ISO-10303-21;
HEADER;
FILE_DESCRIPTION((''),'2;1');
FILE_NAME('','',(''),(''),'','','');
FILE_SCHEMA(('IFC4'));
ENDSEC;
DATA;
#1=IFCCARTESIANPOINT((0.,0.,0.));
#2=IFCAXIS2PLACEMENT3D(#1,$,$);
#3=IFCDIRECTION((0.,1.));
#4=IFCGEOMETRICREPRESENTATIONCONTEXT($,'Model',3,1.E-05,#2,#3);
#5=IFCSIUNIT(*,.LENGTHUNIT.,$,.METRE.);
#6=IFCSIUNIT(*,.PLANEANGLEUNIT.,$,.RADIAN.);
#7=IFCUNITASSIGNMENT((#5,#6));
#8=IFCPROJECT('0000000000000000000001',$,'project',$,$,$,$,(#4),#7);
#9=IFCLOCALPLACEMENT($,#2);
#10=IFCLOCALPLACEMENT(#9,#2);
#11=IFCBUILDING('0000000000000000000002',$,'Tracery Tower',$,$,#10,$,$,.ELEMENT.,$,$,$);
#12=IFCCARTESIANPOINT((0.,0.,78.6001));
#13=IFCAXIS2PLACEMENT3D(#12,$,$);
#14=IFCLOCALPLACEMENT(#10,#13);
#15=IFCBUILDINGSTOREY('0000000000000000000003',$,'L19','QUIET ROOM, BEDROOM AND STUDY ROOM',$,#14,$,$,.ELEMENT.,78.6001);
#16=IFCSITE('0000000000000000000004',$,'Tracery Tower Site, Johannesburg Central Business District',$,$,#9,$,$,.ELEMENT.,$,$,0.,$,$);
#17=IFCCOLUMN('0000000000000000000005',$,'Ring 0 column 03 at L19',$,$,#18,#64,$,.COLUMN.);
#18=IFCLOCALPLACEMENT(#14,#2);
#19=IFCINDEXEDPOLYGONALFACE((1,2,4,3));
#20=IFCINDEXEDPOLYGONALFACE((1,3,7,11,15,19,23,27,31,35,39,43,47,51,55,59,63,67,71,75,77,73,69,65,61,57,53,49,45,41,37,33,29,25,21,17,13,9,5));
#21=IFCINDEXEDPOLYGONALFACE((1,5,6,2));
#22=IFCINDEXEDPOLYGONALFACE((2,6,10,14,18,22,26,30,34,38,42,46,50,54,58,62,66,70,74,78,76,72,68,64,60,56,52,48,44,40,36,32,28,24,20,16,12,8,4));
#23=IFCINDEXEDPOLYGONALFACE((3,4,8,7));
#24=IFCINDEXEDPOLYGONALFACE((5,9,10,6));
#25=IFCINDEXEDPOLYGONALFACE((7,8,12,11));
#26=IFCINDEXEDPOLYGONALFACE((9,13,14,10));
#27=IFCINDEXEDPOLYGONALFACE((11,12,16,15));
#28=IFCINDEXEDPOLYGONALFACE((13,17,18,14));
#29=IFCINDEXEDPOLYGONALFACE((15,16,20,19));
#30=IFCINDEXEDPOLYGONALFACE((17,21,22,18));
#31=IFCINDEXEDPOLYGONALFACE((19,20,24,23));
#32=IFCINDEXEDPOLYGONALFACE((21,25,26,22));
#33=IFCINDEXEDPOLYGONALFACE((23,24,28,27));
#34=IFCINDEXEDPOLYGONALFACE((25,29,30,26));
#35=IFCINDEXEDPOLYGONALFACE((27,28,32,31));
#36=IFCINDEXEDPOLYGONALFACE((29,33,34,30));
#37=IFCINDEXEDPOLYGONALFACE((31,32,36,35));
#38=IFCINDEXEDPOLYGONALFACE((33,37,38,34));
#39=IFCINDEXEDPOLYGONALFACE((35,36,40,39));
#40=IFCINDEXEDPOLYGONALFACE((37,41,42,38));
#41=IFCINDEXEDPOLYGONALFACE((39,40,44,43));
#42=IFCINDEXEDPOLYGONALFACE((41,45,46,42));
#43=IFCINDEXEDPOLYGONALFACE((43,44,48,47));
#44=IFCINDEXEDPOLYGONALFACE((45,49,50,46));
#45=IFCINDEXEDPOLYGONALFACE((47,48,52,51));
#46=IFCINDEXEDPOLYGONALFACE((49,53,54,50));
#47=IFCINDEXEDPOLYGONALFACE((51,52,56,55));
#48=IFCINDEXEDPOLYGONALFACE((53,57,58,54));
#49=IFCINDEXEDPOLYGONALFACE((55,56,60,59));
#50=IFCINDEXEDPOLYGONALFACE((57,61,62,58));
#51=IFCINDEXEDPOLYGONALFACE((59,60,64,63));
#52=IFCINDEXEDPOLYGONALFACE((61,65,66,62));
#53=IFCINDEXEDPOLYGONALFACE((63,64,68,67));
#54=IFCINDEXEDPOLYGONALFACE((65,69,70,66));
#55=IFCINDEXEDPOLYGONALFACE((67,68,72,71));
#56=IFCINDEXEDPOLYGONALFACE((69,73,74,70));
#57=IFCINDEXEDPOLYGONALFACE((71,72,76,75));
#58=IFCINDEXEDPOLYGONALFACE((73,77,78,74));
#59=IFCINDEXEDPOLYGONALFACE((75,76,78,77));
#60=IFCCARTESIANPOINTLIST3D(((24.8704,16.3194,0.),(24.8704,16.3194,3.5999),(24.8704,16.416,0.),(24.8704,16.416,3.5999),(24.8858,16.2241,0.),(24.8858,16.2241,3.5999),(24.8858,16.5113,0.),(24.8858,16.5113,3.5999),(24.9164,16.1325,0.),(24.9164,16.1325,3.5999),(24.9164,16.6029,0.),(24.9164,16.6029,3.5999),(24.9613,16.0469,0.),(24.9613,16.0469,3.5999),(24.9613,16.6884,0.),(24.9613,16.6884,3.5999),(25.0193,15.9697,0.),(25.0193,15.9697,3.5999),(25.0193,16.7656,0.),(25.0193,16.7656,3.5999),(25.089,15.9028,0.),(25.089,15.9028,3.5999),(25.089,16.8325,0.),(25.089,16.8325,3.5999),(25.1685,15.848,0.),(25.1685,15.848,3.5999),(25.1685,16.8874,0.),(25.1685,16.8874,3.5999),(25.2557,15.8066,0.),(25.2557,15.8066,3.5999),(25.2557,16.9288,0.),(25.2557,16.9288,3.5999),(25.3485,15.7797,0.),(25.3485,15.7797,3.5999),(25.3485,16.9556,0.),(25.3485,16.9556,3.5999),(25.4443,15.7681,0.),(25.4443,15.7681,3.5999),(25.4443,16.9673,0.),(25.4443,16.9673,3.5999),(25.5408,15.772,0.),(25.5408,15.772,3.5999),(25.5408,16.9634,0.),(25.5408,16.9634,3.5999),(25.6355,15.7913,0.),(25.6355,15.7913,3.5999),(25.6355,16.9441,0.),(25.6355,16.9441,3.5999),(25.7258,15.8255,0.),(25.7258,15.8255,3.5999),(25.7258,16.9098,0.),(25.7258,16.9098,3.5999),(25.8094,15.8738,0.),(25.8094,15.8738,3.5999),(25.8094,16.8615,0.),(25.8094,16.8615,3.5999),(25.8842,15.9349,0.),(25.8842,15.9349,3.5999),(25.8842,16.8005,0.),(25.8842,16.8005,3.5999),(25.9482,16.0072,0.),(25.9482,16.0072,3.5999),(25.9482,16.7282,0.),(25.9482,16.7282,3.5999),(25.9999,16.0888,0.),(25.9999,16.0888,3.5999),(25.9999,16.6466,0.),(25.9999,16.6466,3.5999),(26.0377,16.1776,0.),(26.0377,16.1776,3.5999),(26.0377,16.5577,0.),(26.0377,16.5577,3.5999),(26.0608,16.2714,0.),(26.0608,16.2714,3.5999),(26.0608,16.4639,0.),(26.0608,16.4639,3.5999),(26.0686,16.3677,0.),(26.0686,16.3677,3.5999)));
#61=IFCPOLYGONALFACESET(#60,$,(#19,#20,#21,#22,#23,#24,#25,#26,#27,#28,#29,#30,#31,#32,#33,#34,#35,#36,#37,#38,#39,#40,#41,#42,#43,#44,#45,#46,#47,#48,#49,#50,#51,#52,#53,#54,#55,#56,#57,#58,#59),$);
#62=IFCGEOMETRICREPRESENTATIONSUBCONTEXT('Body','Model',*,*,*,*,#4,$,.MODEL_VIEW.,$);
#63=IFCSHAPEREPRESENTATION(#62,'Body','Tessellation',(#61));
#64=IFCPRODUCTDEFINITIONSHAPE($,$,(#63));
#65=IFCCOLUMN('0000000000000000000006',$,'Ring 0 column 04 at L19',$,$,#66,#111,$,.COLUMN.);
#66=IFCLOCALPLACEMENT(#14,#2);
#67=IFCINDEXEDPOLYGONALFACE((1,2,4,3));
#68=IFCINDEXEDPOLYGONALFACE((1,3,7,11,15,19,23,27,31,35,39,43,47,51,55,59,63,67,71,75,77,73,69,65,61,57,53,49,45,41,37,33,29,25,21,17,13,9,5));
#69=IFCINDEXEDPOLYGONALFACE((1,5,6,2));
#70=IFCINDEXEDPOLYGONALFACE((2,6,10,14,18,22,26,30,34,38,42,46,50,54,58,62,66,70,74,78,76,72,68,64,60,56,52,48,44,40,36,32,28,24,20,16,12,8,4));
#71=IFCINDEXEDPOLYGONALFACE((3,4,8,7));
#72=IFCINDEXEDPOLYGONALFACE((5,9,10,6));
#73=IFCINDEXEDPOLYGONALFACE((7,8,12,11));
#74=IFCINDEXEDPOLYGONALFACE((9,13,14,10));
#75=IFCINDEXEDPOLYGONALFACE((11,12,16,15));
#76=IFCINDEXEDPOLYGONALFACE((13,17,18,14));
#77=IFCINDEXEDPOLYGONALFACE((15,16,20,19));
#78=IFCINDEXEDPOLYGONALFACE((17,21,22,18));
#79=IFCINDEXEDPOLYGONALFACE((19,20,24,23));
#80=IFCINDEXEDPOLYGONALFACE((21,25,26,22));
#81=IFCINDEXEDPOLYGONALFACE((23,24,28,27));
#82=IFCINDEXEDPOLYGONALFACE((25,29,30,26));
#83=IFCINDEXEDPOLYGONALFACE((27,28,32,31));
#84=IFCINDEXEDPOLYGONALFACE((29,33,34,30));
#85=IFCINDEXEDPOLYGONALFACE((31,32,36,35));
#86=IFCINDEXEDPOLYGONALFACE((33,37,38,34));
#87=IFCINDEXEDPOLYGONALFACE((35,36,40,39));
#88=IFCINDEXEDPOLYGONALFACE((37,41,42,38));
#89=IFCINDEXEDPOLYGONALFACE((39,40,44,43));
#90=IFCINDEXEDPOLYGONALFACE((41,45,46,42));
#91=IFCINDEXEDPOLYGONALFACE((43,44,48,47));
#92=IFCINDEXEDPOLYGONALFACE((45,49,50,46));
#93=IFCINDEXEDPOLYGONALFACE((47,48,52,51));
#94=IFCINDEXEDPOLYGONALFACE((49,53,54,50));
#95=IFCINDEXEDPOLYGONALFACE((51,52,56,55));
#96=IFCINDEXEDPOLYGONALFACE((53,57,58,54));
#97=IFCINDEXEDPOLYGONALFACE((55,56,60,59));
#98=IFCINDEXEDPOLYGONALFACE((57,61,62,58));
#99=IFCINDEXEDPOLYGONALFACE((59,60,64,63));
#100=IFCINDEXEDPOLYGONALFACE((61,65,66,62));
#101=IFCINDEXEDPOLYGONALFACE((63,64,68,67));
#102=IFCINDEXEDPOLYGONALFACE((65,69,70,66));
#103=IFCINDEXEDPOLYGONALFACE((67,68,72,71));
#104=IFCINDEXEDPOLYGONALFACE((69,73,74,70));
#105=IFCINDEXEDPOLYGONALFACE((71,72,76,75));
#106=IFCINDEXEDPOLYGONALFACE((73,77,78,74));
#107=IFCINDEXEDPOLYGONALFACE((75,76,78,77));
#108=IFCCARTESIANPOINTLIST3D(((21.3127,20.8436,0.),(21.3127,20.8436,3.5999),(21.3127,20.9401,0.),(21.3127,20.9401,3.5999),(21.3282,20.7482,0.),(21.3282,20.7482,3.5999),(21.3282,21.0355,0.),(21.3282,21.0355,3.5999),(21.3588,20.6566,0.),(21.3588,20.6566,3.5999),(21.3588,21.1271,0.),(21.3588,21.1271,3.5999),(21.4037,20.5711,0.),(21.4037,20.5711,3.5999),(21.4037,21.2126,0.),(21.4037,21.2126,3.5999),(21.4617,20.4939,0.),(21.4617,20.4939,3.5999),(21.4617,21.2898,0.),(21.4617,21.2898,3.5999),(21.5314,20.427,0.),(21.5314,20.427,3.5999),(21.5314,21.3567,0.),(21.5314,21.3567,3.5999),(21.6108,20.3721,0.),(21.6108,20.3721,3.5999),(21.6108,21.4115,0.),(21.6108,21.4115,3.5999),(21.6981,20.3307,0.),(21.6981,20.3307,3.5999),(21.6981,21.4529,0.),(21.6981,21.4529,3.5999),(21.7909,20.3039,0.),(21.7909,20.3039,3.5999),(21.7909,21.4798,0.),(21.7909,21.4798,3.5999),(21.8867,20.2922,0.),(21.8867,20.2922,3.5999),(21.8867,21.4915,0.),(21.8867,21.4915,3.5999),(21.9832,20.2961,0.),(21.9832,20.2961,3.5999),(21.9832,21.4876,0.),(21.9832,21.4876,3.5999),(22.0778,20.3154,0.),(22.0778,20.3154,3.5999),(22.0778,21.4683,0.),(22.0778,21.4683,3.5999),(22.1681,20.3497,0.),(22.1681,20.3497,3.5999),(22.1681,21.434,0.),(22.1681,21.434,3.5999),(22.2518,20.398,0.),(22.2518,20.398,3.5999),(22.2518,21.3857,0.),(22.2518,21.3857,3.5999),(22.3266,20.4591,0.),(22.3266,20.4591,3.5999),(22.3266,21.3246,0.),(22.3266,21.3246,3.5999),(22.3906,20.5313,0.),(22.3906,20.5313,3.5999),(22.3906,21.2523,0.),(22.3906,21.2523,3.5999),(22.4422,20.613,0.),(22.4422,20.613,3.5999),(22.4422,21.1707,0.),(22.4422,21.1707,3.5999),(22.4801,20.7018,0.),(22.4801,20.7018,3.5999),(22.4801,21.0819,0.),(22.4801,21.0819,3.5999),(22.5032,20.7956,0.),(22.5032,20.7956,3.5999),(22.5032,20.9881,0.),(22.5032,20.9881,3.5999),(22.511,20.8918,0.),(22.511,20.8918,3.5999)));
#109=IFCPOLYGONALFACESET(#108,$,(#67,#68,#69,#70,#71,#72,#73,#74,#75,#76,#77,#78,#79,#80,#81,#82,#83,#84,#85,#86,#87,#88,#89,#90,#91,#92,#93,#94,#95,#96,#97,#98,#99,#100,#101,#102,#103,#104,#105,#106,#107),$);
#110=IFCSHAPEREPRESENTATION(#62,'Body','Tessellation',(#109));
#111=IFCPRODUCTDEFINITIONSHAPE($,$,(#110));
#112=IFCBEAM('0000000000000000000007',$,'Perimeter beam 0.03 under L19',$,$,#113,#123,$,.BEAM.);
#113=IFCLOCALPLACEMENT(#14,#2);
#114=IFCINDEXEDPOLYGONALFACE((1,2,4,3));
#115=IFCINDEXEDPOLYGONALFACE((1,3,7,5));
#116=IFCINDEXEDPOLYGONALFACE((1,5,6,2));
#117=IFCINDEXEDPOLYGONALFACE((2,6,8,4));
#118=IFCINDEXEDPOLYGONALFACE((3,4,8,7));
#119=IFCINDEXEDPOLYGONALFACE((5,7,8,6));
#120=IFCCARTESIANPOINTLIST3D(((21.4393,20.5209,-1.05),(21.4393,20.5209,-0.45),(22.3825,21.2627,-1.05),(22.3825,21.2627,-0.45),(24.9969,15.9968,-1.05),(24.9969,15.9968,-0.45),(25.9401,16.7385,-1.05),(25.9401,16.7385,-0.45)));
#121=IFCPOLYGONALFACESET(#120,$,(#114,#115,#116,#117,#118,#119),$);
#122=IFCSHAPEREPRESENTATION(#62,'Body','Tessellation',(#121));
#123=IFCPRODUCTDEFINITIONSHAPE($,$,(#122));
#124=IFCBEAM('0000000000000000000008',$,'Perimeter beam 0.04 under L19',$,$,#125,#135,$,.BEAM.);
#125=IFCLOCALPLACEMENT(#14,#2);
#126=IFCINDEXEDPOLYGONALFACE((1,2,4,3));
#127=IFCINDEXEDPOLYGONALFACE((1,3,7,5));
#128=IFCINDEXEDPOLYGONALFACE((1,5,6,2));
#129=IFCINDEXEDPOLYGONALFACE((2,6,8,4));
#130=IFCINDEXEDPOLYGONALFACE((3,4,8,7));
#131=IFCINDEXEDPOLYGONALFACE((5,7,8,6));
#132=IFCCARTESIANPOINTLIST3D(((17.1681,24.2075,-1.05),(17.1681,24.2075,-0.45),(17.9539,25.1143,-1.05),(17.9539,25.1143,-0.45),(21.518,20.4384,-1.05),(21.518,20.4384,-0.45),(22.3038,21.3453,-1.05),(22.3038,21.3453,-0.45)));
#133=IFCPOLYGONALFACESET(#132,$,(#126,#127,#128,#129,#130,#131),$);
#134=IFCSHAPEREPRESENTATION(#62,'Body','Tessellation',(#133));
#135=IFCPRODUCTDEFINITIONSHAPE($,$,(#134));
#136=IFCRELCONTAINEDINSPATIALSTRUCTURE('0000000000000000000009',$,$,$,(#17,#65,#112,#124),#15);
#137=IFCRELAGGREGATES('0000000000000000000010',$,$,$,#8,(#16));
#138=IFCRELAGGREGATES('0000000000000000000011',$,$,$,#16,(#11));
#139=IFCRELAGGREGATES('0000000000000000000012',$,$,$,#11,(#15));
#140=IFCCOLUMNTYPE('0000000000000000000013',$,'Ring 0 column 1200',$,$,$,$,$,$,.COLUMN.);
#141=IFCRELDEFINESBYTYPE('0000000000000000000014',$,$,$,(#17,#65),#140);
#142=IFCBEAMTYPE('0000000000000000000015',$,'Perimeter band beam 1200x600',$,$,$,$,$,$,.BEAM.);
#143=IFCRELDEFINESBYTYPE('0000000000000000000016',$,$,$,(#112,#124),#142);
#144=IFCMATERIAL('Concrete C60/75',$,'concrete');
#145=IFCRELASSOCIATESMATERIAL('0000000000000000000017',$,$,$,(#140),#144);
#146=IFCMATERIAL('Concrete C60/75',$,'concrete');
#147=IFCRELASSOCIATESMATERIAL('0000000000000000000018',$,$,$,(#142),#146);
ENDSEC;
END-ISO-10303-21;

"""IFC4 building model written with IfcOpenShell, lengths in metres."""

from ifc_helpers import new_model, si_unit, direction, frame, origin, origin_2d, place, context, subcontext, project, spatial, rectangle, circle, extrude, material, material_profile, profile_set, type_object, element, save


model = new_model("IFC4")

# Units and contexts
model_context = context("Model", 3, precision=1e-05, world=origin(), true_north=direction((0.0, 1.0)))
body_context = subcontext(model_context, "Body", "Model", "MODEL_VIEW")
ifc_project = project(units=[si_unit("LENGTHUNIT", "METRE"), si_unit("PLANEANGLEUNIT", "RADIAN")], contexts=[model_context])

# Site, building, storey
site_placement = place(None, origin())
site = spatial("IfcSite", under=ifc_project, at=site_placement, Name="Tracery Tower Site, Johannesburg Central Business District", CompositionType="ELEMENT", RefElevation=0.0)
building_placement = place(site_placement, origin())
building = spatial("IfcBuilding", under=site, at=building_placement, Name="Tracery Tower", CompositionType="ELEMENT")
storey_placement = place(building_placement, frame((0.0, 0.0, 78.6001)))
storey = spatial("IfcBuildingStorey", under=building, at=storey_placement, Name="L19", Description="QUIET ROOM, BEDROOM AND STUDY ROOM", CompositionType="ELEMENT", Elevation=78.6001)

# Columns
ifc_material_1 = material(Name="Concrete C60/75", Category="concrete")
ifc_material_profile_1 = material_profile(ifc_material_1, circle(Radius=0.6001, at=origin_2d()), Name="RC D1200")
ifc_profile_set_1 = profile_set([ifc_material_profile_1], Name="Concrete C60/75")
column_type = type_object("IfcColumnType", Name="Ring 0 column 1200", PredefinedType="COLUMN", material=ifc_profile_set_1)
for number, where, z_axis, x_axis, name in (
    (1, (25.4685, 16.3677, 0.0), (0.0, 0.0, 1.0), (1.0, 0.0, 0.0), "Ring 0 column 03 at L19"),
    (2, (21.9109, 20.8918, 0.0), (0.0, 0.0, 1.0), (1.0, 0.0, 0.0), "Ring 0 column 04 at L19"),
):
    element("IfcColumn", number, at=place(storey_placement, frame(where, z_axis=z_axis, x_axis=x_axis)), inside=storey, type_object=column_type, Name=name, PredefinedType="COLUMN", context=body_context, shape_type="SweptSolid", body=[
        extrude(circle(Radius=0.6001, at=origin_2d()), origin(), (0.0, 0.0, 1.0), 3.5999),
    ])

# Beams
ifc_material_2 = material(Name="Concrete C60/75", Category="concrete")
ifc_material_profile_2 = material_profile(ifc_material_2, rectangle(XDim=1.2, YDim=0.6001, at=origin_2d()), Name="RC 1200x600")
ifc_profile_set_2 = profile_set([ifc_material_profile_2], Name="Concrete C60/75")
beam_type = type_object("IfcBeamType", Name="Perimeter band beam 1200x600", PredefinedType="BEAM", material=ifc_profile_set_2)
beam_1_placement = place(storey_placement, frame((25.4685, 16.3677, -0.75), z_axis=(-0.618134, 0.786072, 0.0), x_axis=(-0.786072, -0.618134, 0.0)))
element("IfcBeam", 3, at=beam_1_placement, inside=storey, type_object=beam_type, Name="Perimeter beam 0.03 under L19", PredefinedType="BEAM", context=body_context, shape_type="SweptSolid", body=[
    extrude(rectangle(XDim=1.2, YDim=0.6001, at=origin_2d()), origin(), (0.0, 0.0, 1.0), 5.7554),
])
beam_2_placement = place(storey_placement, frame((21.9109, 20.8918, -0.75), z_axis=(-0.75576, 0.654848, 0.0), x_axis=(-0.654848, -0.75576, 0.0)))
element("IfcBeam", 4, at=beam_2_placement, inside=storey, type_object=beam_type, Name="Perimeter beam 0.04 under L19", PredefinedType="BEAM", context=body_context, shape_type="SweptSolid", body=[
    extrude(rectangle(XDim=1.2, YDim=0.6001, at=origin_2d()), origin(), (0.0, 0.0, 1.0), 5.7556),
])

save(model, "model.ifc")
